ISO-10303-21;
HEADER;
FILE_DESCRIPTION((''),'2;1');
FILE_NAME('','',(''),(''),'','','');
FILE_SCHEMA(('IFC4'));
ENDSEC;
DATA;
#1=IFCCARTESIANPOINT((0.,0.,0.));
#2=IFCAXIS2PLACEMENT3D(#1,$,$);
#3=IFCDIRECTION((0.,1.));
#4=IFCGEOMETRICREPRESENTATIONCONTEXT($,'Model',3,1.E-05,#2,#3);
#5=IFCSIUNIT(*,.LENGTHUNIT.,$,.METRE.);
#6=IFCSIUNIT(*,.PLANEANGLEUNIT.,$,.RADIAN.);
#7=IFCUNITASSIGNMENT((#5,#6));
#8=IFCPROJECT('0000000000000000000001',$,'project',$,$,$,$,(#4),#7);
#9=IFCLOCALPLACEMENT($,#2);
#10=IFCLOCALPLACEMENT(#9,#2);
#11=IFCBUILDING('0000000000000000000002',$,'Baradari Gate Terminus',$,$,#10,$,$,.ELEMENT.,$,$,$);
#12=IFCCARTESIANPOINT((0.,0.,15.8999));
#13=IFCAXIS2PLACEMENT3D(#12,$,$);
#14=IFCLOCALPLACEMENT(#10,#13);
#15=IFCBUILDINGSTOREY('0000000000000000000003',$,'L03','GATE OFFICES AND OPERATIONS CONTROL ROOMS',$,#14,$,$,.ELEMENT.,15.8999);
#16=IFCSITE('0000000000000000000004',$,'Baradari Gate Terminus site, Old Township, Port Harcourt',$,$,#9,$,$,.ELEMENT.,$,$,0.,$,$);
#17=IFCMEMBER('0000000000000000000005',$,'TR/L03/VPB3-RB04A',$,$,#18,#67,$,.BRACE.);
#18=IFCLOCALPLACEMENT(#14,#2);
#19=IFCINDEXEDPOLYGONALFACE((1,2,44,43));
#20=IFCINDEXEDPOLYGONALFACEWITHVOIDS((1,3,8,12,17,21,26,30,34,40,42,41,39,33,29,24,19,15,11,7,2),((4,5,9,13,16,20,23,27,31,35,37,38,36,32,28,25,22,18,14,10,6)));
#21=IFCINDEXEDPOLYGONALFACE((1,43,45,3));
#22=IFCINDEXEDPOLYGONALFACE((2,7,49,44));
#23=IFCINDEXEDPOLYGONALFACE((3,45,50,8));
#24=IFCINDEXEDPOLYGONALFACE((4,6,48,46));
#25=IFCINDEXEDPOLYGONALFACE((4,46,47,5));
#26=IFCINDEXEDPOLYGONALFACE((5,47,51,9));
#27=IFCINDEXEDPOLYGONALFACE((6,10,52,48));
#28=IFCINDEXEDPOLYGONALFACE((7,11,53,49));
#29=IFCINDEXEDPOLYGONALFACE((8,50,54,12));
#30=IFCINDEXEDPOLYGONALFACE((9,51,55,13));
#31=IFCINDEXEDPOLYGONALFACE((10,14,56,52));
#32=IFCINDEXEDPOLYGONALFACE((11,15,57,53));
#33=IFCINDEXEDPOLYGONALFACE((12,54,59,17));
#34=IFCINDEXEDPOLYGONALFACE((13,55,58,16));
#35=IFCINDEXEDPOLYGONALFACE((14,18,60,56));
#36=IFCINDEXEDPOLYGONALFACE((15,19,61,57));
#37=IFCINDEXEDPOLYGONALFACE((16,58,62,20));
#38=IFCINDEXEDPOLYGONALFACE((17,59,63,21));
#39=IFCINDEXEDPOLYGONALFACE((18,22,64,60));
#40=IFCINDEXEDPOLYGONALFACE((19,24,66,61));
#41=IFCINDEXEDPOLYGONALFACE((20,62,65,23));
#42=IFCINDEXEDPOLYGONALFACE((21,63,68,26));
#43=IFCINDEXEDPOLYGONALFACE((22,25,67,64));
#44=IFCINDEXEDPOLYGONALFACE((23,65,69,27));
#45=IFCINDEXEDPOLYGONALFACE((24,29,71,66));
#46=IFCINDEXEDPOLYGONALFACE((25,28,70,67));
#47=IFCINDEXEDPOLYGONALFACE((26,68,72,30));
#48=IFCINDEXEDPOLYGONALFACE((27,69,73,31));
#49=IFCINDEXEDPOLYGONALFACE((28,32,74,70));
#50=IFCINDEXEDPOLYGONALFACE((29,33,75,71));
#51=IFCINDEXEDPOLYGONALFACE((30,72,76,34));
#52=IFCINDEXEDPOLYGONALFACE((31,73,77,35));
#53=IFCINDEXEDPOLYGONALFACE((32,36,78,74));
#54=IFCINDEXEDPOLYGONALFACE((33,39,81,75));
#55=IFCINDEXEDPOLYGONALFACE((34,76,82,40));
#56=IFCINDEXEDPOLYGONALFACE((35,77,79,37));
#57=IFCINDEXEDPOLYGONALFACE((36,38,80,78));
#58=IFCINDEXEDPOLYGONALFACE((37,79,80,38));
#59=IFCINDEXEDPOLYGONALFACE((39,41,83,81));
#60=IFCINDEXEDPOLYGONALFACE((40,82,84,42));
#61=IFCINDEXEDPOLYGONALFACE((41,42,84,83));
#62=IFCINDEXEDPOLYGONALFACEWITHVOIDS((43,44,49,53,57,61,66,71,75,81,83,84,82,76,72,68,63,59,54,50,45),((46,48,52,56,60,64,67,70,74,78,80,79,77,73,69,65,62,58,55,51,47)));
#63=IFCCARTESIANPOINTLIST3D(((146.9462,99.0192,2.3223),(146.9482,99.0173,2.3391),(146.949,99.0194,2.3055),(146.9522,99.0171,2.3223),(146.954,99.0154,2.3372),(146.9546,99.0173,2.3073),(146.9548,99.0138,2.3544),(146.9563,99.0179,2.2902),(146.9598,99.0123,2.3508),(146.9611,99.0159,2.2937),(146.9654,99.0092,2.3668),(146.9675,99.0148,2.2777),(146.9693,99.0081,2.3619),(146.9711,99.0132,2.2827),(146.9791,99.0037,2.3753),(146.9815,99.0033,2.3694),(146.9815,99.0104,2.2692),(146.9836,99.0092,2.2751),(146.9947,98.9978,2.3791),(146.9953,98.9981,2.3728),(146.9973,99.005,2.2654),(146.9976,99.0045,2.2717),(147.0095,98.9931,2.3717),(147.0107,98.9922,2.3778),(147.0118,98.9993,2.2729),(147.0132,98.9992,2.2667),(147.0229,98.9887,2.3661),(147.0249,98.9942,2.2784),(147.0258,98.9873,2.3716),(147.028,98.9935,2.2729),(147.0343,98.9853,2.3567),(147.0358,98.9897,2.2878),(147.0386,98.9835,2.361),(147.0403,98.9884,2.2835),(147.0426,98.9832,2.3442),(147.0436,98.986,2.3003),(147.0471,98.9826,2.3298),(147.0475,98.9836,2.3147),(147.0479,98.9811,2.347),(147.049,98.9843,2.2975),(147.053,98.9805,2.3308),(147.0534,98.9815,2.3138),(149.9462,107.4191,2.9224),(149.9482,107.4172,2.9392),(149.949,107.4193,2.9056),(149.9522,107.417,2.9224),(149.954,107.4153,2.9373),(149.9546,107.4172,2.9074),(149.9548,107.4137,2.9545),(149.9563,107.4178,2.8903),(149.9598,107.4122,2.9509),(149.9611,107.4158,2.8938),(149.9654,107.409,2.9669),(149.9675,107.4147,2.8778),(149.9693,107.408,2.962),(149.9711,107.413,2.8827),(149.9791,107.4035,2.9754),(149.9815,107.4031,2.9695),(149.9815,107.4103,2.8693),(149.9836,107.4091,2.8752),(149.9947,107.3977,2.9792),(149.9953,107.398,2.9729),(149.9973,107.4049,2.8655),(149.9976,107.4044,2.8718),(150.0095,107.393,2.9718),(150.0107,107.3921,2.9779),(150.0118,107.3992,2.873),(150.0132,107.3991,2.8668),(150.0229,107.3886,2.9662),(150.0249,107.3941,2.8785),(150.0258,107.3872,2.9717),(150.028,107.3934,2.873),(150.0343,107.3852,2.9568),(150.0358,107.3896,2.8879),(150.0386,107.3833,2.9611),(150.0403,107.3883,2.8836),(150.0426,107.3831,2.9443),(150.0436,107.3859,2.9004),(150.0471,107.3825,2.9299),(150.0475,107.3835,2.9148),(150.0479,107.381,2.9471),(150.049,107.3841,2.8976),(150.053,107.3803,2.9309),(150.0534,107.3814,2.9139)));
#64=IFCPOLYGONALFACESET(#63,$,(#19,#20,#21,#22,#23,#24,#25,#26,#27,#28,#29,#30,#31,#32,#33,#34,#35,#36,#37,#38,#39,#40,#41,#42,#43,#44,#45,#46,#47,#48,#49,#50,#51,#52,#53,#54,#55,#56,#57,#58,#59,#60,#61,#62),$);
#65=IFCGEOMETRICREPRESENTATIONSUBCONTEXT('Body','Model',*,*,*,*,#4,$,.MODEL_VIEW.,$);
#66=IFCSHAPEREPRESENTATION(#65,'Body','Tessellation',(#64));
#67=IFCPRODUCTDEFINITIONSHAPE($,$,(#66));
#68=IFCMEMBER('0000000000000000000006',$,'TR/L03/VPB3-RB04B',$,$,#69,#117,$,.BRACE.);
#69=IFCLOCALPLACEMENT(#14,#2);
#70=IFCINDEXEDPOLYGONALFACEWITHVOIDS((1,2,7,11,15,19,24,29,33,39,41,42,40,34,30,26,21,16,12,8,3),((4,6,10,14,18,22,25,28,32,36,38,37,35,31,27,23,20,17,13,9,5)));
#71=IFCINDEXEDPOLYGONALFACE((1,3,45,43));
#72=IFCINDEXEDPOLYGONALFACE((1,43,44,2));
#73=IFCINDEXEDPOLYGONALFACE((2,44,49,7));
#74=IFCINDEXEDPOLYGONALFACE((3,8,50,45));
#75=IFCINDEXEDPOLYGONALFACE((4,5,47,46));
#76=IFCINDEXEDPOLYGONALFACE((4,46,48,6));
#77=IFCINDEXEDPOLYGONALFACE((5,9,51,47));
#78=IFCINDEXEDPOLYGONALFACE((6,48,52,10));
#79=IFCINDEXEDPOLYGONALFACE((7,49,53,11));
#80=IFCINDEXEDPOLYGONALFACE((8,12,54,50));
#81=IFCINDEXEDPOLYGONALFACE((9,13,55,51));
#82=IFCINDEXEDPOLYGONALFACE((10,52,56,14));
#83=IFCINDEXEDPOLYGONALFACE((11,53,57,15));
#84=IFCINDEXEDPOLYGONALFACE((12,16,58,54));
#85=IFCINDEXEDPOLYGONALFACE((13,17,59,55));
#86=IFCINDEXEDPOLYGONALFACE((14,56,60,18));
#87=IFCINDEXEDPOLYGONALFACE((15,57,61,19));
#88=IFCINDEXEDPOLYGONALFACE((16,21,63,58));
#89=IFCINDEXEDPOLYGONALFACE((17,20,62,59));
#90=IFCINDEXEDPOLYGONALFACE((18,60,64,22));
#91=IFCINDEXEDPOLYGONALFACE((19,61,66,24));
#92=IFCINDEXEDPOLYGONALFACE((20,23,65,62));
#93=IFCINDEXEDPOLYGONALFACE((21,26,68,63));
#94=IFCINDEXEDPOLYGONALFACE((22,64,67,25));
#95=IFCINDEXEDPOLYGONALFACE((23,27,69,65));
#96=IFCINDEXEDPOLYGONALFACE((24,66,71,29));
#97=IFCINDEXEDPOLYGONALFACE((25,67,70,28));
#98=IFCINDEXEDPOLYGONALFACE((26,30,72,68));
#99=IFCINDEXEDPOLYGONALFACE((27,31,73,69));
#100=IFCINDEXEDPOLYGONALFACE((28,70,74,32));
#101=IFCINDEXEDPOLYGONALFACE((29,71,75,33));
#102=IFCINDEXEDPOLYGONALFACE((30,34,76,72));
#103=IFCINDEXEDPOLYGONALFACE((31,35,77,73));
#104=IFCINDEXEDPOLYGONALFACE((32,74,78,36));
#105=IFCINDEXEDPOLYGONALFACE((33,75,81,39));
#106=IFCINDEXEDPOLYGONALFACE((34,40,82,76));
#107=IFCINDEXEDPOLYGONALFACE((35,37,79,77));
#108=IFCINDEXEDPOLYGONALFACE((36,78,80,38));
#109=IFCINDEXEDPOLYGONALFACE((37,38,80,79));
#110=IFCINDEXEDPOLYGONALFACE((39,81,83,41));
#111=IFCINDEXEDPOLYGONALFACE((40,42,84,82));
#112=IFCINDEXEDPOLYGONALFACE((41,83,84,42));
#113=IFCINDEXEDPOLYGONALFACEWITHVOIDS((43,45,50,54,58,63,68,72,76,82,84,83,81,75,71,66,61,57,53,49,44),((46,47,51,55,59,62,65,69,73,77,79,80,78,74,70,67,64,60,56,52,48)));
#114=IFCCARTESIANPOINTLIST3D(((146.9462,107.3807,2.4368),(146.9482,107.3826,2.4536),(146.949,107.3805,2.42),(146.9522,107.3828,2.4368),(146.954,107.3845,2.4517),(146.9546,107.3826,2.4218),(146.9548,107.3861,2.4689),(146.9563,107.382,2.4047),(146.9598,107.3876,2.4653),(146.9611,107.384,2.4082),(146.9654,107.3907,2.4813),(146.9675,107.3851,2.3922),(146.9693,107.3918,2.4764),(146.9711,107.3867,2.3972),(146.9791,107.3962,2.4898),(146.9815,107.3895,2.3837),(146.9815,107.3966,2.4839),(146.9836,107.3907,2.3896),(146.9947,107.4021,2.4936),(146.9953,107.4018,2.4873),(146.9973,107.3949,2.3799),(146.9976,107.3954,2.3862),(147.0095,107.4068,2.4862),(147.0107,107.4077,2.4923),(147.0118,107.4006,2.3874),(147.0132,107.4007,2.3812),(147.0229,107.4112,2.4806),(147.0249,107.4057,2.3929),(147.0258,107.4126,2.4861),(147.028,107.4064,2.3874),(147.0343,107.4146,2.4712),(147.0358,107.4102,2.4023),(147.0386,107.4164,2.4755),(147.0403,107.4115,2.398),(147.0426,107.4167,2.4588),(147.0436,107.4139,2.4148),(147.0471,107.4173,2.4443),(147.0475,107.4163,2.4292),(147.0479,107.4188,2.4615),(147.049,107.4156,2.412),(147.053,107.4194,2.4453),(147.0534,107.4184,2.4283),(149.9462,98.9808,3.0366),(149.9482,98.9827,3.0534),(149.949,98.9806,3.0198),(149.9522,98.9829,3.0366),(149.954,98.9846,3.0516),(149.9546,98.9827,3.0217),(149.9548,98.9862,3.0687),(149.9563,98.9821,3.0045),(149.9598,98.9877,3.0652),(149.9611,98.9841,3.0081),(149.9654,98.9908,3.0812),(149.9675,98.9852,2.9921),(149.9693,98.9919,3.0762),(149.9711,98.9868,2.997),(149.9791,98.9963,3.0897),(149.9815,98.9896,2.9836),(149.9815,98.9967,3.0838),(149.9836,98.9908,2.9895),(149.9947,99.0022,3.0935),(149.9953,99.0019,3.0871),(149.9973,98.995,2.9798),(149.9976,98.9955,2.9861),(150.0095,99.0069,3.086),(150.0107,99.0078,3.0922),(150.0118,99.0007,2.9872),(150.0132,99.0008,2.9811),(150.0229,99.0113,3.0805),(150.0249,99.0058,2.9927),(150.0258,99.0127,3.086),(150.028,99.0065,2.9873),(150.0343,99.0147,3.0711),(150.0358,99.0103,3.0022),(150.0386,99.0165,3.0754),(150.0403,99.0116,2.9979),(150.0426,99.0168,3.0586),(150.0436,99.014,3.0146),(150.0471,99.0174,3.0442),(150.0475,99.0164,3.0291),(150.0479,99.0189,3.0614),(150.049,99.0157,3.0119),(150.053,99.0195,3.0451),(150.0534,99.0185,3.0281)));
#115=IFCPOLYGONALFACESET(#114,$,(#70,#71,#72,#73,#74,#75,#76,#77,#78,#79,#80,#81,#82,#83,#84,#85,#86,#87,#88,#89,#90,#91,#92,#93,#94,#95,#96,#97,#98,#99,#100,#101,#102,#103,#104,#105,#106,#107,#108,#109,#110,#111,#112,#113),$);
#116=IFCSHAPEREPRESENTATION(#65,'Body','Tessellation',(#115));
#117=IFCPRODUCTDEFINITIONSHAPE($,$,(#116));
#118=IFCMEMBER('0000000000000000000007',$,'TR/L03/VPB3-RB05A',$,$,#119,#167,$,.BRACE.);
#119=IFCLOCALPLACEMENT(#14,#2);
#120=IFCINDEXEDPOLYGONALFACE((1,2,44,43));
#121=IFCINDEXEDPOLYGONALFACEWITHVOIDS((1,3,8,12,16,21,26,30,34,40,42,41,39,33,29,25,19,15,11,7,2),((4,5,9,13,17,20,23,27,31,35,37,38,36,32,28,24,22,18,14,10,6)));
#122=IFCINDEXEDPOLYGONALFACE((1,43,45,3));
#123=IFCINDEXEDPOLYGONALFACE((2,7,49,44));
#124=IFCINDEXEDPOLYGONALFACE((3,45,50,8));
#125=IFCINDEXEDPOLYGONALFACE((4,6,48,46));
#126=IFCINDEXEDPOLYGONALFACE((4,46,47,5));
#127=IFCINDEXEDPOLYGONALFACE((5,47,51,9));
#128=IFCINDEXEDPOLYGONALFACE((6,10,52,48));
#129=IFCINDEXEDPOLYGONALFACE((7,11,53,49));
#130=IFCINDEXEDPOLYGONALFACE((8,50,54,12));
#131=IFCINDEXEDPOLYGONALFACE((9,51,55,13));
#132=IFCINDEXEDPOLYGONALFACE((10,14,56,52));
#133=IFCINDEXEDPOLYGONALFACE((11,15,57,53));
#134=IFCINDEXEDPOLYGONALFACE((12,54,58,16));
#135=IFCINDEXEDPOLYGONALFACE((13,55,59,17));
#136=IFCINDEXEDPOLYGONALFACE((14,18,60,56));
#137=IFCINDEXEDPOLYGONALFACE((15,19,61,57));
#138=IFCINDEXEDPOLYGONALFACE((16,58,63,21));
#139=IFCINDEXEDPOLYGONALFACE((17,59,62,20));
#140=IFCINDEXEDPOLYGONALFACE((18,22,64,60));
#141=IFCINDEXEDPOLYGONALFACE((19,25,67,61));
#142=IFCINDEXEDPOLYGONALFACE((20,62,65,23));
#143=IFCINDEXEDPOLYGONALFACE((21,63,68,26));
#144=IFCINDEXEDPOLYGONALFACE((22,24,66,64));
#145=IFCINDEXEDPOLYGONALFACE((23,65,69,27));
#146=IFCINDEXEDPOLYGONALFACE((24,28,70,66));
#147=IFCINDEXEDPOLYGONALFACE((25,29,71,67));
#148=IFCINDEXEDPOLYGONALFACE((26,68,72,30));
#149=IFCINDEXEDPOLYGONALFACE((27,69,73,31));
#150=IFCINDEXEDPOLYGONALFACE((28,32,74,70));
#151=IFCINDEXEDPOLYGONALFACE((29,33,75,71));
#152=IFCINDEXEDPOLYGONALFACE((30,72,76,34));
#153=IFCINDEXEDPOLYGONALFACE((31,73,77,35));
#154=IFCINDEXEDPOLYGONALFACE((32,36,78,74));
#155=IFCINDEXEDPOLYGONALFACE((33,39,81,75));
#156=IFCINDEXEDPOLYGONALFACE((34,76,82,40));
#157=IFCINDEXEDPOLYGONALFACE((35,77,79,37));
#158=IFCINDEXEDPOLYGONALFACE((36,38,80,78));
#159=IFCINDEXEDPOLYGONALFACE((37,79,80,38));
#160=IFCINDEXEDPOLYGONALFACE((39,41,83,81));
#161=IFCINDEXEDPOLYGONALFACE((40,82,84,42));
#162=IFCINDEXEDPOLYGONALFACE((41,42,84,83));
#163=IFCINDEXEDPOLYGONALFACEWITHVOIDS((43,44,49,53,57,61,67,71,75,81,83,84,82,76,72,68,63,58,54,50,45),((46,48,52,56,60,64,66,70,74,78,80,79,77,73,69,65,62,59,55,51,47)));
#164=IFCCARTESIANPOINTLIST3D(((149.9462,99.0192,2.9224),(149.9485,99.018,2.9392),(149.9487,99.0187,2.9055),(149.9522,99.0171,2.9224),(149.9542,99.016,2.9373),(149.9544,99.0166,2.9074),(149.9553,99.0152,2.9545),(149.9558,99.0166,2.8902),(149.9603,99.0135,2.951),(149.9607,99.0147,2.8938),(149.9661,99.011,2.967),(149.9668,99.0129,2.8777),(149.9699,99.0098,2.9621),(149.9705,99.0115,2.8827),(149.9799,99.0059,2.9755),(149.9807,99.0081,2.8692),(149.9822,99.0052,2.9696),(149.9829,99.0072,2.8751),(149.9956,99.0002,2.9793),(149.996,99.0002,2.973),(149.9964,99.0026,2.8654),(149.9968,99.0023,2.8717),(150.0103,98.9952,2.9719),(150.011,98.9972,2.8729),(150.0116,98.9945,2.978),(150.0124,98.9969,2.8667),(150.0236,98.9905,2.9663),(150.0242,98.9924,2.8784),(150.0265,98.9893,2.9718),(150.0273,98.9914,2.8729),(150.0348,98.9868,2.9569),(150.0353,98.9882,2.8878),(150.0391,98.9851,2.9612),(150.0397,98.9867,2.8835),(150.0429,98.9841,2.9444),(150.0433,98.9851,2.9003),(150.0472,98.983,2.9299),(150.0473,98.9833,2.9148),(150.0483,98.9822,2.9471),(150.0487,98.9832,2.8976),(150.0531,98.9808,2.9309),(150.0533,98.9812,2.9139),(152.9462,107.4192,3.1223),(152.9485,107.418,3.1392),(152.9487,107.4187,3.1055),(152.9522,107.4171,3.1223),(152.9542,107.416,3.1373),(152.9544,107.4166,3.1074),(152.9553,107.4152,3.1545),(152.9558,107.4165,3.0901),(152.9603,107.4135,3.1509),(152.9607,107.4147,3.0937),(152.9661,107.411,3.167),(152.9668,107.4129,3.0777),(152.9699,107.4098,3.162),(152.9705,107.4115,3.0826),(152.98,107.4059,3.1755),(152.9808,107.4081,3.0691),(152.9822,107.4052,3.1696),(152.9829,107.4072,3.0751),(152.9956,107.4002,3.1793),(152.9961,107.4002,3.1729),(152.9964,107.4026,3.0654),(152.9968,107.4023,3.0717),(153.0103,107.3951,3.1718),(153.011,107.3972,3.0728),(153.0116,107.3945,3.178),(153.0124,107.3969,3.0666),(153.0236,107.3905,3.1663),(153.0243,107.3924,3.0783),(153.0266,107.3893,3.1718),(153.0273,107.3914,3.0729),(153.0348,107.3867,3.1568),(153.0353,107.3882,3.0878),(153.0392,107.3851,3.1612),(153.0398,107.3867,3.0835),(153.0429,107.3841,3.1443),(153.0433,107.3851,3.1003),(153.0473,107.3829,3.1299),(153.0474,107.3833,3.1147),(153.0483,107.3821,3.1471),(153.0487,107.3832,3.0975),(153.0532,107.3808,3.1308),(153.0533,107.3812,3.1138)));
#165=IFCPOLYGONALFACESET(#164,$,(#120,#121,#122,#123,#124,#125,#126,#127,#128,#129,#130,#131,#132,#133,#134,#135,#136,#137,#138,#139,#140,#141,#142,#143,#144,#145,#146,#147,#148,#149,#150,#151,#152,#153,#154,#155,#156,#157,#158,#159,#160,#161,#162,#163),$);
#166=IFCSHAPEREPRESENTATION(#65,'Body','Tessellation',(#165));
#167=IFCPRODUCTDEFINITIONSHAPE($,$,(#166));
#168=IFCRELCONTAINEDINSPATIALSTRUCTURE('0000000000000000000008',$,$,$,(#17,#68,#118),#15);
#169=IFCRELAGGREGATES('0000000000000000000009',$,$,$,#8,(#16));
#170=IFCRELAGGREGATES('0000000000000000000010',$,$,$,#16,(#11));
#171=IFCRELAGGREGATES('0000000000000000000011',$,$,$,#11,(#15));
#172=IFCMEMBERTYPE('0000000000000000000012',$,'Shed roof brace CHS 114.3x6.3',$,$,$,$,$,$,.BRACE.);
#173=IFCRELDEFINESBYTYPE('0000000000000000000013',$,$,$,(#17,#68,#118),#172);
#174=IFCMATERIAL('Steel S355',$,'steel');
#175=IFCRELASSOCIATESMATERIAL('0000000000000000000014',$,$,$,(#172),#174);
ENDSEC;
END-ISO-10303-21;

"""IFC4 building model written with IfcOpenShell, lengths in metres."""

from ifc_helpers import new_model, si_unit, direction, frame, origin, origin_2d, place, context, subcontext, project, spatial, hollow_circle, extrude, material, material_profile, profile_set, type_object, element, save


model = new_model("IFC4")

# Units and contexts
model_context = context("Model", 3, precision=1e-05, world=origin(), true_north=direction((0.0, 1.0)))
body_context = subcontext(model_context, "Body", "Model", "MODEL_VIEW")
ifc_project = project(units=[si_unit("LENGTHUNIT", "METRE"), si_unit("PLANEANGLEUNIT", "RADIAN")], contexts=[model_context])

# Site, building, storey
site_placement = place(None, origin())
site = spatial("IfcSite", under=ifc_project, at=site_placement, Name="Baradari Gate Terminus site, Old Township, Port Harcourt", CompositionType="ELEMENT", RefElevation=0.0)
building_placement = place(site_placement, origin())
building = spatial("IfcBuilding", under=site, at=building_placement, Name="Baradari Gate Terminus", CompositionType="ELEMENT")
storey_placement = place(building_placement, frame((0.0, 0.0, 15.8999)))
storey = spatial("IfcBuildingStorey", under=building, at=storey_placement, Name="L03", Description="GATE OFFICES AND OPERATIONS CONTROL ROOMS", CompositionType="ELEMENT", Elevation=15.8999)

# Members
ifc_material_1 = material(Name="Steel S355", Category="steel")
ifc_material_profile_1 = material_profile(ifc_material_1, hollow_circle(Radius=0.0571, WallThickness=0.0063, at=origin_2d()), Name="CHS 114.3x6.3")
ifc_profile_set_1 = profile_set([ifc_material_profile_1], Name="Steel S355")
member_type_1 = type_object("IfcMemberType", Name="Shed roof brace CHS 114.3x6.3", PredefinedType="BRACE", material=ifc_profile_set_1)
for number, where, z_axis, x_axis, name in (
    (1, (147.0, 99.0, 2.3223), (0.335581, 0.939617, 0.067127), (-0.941741, 0.33634, 0.0), "TR/L03/VPB3-RB04A"),
    (2, (150.0, 99.0, 3.0366), (-0.335582, 0.939618, -0.0671), (-0.941741, -0.33634, 0.0), "TR/L03/VPB3-RB04B"),
):
    element("IfcMember", number, at=place(storey_placement, frame(where, z_axis=z_axis, x_axis=x_axis)), inside=storey, type_object=member_type_1, Name=name, PredefinedType="BRACE", context=body_context, shape_type="SweptSolid", body=[
        extrude(hollow_circle(Radius=0.0571, WallThickness=0.0063, at=origin_2d()), origin(), (0.0, 0.0, 1.0), 8.9397),
    ])
for number, where, z_axis, x_axis, name in (
    (3, (150.0, 99.0, 2.9224), (0.336255, 0.941504, 0.022412), (-0.941741, 0.33634, 0.0), "TR/L03/VPB3-RB05A"),
):
    element("IfcMember", number, at=place(storey_placement, frame(where, z_axis=z_axis, x_axis=x_axis)), inside=storey, type_object=member_type_1, Name=name, PredefinedType="BRACE", context=body_context, shape_type="SweptSolid", body=[
        extrude(hollow_circle(Radius=0.0571, WallThickness=0.0063, at=origin_2d()), origin(), (0.0, 0.0, 1.0), 8.9219),
    ])

save(model, "model.ifc")
